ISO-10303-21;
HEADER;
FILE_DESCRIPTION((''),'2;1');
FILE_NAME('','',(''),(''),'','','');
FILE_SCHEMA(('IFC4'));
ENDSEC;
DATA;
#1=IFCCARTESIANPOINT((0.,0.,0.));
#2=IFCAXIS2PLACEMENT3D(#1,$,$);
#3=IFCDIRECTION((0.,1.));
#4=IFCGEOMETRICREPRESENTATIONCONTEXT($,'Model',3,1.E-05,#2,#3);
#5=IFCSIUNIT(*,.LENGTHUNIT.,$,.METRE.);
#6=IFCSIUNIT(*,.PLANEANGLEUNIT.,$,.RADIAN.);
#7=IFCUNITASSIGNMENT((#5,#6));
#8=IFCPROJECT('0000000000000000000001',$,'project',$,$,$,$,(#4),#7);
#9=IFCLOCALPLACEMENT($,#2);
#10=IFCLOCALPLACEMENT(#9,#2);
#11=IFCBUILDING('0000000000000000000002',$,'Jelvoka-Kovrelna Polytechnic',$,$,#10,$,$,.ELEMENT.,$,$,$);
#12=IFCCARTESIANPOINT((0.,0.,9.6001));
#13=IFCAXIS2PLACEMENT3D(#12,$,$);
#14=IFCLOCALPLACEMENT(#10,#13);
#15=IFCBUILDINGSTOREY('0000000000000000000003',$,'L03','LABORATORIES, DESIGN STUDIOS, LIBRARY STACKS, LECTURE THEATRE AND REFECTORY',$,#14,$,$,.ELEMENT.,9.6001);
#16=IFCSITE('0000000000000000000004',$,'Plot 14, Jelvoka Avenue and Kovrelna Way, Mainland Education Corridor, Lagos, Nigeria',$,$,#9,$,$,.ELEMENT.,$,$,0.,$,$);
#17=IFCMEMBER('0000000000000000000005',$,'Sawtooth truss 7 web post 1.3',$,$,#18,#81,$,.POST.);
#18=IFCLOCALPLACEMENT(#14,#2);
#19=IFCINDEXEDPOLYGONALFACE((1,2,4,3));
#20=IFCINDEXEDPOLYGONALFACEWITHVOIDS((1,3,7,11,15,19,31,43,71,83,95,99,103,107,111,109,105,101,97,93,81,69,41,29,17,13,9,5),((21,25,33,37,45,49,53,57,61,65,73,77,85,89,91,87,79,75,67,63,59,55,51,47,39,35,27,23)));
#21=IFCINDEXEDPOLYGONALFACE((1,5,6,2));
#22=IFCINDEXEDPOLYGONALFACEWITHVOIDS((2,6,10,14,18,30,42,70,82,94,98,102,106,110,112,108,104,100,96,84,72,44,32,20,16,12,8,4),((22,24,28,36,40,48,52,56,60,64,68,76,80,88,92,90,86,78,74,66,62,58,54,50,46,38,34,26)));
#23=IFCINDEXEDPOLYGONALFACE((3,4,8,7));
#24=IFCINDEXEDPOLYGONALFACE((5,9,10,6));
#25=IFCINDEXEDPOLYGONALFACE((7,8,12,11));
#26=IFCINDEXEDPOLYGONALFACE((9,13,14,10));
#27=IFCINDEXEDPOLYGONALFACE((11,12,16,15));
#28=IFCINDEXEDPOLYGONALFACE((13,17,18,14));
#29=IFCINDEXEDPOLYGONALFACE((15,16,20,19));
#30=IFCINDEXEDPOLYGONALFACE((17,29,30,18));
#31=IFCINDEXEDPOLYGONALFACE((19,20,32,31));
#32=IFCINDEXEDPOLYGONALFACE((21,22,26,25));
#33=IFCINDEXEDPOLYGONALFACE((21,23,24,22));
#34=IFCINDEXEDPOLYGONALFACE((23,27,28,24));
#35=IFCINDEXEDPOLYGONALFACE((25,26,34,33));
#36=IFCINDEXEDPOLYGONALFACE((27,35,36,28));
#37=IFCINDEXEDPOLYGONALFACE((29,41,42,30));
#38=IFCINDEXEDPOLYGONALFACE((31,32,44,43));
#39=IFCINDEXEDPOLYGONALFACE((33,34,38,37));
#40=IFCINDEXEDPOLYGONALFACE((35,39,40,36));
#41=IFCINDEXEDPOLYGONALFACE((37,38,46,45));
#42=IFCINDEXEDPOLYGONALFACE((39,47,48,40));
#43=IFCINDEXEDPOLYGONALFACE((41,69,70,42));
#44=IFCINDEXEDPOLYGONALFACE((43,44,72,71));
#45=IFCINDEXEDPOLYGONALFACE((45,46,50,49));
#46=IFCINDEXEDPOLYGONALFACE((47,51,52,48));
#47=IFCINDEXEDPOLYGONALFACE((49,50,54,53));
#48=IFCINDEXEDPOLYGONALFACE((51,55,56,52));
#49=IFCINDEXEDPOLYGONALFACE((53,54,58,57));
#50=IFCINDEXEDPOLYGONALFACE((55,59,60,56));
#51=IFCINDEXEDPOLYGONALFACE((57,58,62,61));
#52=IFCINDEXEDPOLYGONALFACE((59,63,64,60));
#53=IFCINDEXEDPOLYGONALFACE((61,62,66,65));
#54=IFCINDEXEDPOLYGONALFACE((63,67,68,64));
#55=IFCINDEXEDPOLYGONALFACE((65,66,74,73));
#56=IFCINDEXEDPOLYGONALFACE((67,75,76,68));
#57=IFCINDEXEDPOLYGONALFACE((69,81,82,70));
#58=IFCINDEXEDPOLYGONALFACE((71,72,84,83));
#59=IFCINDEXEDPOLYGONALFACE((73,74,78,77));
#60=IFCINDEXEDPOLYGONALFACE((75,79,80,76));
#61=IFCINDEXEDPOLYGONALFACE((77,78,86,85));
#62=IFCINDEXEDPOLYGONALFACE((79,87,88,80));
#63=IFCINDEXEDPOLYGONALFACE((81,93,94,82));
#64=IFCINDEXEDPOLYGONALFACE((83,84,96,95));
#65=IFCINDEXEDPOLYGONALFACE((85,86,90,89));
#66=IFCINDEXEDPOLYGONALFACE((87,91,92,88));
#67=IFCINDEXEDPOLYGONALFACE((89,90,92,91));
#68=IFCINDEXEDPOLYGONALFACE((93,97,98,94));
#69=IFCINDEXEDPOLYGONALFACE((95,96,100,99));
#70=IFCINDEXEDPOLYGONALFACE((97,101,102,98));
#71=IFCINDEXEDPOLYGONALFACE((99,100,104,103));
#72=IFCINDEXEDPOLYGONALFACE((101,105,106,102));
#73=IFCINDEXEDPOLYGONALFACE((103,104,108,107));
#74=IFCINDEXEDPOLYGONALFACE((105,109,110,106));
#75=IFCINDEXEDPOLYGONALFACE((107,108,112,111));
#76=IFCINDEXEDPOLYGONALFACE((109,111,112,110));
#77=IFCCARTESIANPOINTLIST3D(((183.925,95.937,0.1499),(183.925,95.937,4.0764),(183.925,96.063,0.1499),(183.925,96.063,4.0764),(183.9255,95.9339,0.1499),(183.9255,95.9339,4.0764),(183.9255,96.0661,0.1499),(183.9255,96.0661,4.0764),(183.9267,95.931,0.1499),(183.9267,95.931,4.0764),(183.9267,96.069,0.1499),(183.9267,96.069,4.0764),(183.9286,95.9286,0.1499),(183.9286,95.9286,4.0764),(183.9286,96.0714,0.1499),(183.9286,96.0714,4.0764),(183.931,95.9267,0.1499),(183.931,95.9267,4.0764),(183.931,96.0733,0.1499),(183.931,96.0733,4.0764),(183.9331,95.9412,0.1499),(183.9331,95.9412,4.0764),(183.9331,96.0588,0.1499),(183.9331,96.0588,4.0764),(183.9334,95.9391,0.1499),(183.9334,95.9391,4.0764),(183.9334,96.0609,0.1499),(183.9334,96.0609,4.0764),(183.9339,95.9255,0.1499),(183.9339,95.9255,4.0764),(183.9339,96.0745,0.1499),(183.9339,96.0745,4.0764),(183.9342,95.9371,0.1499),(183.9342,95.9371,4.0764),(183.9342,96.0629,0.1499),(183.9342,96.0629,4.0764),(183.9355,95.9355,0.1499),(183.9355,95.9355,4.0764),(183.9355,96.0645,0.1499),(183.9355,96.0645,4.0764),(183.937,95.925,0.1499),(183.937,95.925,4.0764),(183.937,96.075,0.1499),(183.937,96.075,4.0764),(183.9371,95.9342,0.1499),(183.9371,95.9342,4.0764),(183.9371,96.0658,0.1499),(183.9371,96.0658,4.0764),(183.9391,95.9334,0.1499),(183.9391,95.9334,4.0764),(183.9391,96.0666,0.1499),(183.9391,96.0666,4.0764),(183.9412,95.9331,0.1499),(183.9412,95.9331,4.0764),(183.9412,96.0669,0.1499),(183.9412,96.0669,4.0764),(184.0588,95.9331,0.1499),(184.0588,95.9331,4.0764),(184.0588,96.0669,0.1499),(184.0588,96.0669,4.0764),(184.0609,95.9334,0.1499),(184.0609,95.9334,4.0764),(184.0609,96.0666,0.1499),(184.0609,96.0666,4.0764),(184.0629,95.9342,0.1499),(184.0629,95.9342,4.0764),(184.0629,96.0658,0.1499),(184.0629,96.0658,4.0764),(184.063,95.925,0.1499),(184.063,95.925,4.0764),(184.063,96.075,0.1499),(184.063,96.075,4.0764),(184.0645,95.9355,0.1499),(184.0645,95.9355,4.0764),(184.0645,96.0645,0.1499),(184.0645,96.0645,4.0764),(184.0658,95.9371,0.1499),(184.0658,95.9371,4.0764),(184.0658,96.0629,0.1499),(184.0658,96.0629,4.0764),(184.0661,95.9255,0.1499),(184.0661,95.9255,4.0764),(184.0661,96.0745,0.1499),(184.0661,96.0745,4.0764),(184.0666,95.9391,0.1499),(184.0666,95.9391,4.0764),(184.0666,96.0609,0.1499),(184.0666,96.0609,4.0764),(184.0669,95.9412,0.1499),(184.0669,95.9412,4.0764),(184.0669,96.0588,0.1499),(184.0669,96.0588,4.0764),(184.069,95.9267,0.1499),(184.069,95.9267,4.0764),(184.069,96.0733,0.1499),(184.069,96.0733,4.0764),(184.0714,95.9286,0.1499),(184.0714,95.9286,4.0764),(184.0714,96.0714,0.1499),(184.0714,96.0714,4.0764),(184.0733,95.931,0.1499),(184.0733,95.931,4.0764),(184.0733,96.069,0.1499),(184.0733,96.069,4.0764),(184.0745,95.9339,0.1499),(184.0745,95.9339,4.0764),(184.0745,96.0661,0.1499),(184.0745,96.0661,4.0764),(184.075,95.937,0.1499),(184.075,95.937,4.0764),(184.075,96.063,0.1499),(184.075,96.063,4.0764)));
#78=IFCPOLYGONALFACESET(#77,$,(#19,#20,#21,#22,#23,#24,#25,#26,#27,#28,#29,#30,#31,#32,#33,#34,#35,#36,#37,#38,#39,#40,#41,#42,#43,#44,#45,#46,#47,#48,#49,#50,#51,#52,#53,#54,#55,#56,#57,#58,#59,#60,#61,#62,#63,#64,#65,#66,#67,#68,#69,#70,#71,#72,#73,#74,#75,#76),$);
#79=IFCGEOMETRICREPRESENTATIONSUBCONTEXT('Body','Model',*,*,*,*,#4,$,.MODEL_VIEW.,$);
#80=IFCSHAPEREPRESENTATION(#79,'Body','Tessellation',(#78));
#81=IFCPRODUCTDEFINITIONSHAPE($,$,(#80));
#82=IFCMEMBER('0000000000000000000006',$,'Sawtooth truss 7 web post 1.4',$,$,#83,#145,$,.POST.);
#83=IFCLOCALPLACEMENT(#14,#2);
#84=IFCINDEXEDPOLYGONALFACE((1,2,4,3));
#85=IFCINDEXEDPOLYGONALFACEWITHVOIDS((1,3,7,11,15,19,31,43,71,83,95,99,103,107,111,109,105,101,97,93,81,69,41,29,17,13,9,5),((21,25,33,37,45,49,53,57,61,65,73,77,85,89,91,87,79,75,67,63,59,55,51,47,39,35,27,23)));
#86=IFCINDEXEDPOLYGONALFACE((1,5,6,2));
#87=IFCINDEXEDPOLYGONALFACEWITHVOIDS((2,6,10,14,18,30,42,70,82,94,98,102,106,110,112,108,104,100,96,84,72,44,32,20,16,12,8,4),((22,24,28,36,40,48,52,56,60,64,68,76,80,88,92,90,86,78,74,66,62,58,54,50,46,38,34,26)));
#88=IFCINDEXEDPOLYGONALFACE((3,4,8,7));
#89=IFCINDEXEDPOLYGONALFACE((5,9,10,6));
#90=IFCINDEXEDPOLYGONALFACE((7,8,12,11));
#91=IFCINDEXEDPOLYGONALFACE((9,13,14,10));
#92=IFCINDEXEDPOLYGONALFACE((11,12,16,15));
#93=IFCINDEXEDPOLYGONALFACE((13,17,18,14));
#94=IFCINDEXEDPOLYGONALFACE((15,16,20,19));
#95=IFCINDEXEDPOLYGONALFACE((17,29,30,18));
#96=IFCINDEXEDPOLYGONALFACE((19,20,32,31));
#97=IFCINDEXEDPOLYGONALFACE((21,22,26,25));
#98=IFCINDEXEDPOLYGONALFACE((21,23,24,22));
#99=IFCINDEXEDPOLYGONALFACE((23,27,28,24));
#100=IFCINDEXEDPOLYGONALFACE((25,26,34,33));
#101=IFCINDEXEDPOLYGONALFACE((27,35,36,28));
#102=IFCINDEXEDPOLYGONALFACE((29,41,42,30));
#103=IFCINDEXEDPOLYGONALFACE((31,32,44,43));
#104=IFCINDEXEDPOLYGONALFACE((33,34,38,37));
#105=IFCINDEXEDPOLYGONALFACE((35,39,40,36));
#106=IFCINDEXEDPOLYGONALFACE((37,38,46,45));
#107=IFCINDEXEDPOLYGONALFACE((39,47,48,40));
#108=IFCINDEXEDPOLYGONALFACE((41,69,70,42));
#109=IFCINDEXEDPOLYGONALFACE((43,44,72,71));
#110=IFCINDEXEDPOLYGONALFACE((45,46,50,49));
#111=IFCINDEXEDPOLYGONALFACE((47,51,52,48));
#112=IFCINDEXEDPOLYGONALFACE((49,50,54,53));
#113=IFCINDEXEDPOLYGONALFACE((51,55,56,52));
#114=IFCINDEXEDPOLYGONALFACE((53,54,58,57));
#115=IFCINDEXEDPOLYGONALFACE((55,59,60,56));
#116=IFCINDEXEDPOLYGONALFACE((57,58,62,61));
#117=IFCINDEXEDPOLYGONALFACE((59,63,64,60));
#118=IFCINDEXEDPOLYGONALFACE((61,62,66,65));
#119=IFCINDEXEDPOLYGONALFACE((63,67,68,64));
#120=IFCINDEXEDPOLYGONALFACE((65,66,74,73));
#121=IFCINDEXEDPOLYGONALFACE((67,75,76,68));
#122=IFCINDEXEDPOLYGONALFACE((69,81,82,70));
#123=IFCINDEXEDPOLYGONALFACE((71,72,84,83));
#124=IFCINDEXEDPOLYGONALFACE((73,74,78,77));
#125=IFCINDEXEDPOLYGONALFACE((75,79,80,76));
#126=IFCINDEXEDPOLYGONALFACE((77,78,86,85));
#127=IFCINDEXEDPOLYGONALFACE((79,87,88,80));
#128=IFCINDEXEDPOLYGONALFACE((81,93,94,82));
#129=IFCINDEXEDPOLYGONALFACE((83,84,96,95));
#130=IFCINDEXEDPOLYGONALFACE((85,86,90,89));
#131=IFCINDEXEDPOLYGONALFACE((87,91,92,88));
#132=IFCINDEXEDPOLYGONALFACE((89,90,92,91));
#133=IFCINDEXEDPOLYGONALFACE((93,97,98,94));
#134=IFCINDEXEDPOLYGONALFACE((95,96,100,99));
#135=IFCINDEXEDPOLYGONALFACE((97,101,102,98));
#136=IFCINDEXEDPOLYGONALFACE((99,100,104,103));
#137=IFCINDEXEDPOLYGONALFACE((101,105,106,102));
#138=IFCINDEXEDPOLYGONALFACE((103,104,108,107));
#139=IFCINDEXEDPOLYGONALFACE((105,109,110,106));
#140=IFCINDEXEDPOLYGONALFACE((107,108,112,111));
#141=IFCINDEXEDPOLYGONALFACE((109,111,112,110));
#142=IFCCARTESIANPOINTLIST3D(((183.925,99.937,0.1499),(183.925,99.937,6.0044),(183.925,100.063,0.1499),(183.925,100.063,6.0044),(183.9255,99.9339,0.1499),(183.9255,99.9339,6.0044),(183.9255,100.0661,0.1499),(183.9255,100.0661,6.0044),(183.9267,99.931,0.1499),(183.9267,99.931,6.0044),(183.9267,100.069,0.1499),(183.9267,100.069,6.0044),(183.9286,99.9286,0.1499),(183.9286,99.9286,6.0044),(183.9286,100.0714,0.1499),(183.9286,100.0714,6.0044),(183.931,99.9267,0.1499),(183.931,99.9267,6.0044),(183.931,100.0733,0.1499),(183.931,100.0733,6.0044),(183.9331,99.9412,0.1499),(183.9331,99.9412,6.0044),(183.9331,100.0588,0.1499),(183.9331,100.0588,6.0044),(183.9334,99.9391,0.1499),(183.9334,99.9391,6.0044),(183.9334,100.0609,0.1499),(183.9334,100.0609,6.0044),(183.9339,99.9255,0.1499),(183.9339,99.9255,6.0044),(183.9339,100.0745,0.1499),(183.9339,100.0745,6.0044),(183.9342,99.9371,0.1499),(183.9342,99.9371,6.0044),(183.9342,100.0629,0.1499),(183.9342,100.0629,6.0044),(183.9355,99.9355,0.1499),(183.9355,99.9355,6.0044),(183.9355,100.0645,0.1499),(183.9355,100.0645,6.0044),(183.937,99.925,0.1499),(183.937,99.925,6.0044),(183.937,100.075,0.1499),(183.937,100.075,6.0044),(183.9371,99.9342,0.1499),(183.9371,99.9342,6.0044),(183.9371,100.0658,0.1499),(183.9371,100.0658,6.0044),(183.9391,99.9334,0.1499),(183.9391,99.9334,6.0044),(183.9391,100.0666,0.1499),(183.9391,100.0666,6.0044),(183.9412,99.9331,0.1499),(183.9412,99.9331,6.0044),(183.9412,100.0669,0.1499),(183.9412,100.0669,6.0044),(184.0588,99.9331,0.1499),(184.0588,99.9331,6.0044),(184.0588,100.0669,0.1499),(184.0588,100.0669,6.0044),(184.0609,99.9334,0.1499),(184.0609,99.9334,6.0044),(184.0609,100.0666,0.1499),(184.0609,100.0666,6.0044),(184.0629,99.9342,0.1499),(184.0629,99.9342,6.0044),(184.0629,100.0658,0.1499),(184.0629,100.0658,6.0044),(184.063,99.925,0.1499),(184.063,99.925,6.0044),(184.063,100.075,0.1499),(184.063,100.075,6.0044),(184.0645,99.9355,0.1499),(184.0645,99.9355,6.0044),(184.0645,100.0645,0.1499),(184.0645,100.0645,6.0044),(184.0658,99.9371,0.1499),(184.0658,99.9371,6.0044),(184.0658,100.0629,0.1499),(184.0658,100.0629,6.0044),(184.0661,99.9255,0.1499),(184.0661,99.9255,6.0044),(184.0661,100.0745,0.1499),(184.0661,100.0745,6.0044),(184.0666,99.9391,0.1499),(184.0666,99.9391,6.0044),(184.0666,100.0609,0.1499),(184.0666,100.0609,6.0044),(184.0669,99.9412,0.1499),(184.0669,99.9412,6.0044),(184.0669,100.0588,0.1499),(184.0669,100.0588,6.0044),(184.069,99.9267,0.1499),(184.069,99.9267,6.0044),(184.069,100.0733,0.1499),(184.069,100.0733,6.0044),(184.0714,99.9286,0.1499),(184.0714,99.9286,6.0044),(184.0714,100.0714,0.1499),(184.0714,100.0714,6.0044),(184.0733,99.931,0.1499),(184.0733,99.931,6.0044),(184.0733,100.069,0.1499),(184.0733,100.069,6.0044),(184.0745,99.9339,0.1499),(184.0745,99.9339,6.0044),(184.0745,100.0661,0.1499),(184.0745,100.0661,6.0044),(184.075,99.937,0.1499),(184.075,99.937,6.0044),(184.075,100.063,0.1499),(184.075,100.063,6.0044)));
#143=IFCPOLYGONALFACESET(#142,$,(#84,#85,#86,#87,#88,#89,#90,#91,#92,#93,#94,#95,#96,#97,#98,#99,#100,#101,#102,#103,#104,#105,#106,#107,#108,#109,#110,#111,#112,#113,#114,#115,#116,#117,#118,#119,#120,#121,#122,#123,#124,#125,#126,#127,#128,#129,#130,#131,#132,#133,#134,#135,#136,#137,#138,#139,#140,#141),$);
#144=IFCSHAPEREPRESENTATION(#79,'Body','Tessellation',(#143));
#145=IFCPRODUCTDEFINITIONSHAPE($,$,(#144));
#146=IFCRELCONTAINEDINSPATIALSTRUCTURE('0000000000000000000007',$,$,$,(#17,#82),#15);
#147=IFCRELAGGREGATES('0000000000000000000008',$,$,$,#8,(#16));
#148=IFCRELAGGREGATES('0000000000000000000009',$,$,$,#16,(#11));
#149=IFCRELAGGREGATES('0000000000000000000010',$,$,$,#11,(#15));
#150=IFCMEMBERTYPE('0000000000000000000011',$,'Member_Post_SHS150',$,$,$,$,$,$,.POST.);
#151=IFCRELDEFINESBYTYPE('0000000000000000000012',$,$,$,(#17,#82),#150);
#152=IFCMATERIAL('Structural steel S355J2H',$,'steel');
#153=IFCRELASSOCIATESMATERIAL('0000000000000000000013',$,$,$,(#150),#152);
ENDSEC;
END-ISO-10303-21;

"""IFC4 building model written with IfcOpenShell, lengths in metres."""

from ifc_helpers import new_model, si_unit, direction, frame, origin, origin_2d, place, context, subcontext, project, spatial, hollow_rectangle, extrude, material, material_profile, profile_set, type_object, element, save


model = new_model("IFC4")

# Units and contexts
model_context = context("Model", 3, precision=1e-05, world=origin(), true_north=direction((0.0, 1.0)))
body_context = subcontext(model_context, "Body", "Model", "MODEL_VIEW")
ifc_project = project(units=[si_unit("LENGTHUNIT", "METRE"), si_unit("PLANEANGLEUNIT", "RADIAN")], contexts=[model_context])

# Site, building, storey
site_placement = place(None, origin())
site = spatial("IfcSite", under=ifc_project, at=site_placement, Name="Plot 14, Jelvoka Avenue and Kovrelna Way, Mainland Education Corridor, Lagos, Nigeria", CompositionType="ELEMENT", RefElevation=0.0)
building_placement = place(site_placement, origin())
building = spatial("IfcBuilding", under=site, at=building_placement, Name="Jelvoka-Kovrelna Polytechnic", CompositionType="ELEMENT")
storey_placement = place(building_placement, frame((0.0, 0.0, 9.6001)))
storey = spatial("IfcBuildingStorey", under=building, at=storey_placement, Name="L03", Description="LABORATORIES, DESIGN STUDIOS, LIBRARY STACKS, LECTURE THEATRE AND REFECTORY", CompositionType="ELEMENT", Elevation=9.6001)

# Members
ifc_material_1 = material(Name="Structural steel S355J2H", Category="steel")
ifc_material_profile_1 = material_profile(ifc_material_1, hollow_rectangle(XDim=0.1499, YDim=0.1499, WallThickness=0.0081, InnerFilletRadius=0.0081, OuterFilletRadius=0.012, at=origin_2d()), Name="150x150x8.0 SHS")
ifc_profile_set_1 = profile_set([ifc_material_profile_1], Name="Structural steel S355J2H")
member_type_1 = type_object("IfcMemberType", Name="Member_Post_SHS150", PredefinedType="POST", material=ifc_profile_set_1)
member_1_placement = place(storey_placement, frame((184.0, 96.0, 0.1499), z_axis=(0.0, 0.0, 1.0), x_axis=(1.0, 0.0, 0.0)))
element("IfcMember", 1, at=member_1_placement, inside=storey, type_object=member_type_1, Name="Sawtooth truss 7 web post 1.3", PredefinedType="POST", context=body_context, shape_type="SweptSolid", body=[
    extrude(hollow_rectangle(XDim=0.1499, YDim=0.1499, WallThickness=0.0081, InnerFilletRadius=0.0081, OuterFilletRadius=0.012, at=origin_2d()), origin(), (0.0, 0.0, 1.0), 3.9265),
])
member_2_placement = place(storey_placement, frame((184.0, 100.0, 0.1499), z_axis=(0.0, 0.0, 1.0), x_axis=(1.0, 0.0, 0.0)))
element("IfcMember", 2, at=member_2_placement, inside=storey, type_object=member_type_1, Name="Sawtooth truss 7 web post 1.4", PredefinedType="POST", context=body_context, shape_type="SweptSolid", body=[
    extrude(hollow_rectangle(XDim=0.1499, YDim=0.1499, WallThickness=0.0081, InnerFilletRadius=0.0081, OuterFilletRadius=0.012, at=origin_2d()), origin(), (0.0, 0.0, 1.0), 5.8545),
])

save(model, "model.ifc")
